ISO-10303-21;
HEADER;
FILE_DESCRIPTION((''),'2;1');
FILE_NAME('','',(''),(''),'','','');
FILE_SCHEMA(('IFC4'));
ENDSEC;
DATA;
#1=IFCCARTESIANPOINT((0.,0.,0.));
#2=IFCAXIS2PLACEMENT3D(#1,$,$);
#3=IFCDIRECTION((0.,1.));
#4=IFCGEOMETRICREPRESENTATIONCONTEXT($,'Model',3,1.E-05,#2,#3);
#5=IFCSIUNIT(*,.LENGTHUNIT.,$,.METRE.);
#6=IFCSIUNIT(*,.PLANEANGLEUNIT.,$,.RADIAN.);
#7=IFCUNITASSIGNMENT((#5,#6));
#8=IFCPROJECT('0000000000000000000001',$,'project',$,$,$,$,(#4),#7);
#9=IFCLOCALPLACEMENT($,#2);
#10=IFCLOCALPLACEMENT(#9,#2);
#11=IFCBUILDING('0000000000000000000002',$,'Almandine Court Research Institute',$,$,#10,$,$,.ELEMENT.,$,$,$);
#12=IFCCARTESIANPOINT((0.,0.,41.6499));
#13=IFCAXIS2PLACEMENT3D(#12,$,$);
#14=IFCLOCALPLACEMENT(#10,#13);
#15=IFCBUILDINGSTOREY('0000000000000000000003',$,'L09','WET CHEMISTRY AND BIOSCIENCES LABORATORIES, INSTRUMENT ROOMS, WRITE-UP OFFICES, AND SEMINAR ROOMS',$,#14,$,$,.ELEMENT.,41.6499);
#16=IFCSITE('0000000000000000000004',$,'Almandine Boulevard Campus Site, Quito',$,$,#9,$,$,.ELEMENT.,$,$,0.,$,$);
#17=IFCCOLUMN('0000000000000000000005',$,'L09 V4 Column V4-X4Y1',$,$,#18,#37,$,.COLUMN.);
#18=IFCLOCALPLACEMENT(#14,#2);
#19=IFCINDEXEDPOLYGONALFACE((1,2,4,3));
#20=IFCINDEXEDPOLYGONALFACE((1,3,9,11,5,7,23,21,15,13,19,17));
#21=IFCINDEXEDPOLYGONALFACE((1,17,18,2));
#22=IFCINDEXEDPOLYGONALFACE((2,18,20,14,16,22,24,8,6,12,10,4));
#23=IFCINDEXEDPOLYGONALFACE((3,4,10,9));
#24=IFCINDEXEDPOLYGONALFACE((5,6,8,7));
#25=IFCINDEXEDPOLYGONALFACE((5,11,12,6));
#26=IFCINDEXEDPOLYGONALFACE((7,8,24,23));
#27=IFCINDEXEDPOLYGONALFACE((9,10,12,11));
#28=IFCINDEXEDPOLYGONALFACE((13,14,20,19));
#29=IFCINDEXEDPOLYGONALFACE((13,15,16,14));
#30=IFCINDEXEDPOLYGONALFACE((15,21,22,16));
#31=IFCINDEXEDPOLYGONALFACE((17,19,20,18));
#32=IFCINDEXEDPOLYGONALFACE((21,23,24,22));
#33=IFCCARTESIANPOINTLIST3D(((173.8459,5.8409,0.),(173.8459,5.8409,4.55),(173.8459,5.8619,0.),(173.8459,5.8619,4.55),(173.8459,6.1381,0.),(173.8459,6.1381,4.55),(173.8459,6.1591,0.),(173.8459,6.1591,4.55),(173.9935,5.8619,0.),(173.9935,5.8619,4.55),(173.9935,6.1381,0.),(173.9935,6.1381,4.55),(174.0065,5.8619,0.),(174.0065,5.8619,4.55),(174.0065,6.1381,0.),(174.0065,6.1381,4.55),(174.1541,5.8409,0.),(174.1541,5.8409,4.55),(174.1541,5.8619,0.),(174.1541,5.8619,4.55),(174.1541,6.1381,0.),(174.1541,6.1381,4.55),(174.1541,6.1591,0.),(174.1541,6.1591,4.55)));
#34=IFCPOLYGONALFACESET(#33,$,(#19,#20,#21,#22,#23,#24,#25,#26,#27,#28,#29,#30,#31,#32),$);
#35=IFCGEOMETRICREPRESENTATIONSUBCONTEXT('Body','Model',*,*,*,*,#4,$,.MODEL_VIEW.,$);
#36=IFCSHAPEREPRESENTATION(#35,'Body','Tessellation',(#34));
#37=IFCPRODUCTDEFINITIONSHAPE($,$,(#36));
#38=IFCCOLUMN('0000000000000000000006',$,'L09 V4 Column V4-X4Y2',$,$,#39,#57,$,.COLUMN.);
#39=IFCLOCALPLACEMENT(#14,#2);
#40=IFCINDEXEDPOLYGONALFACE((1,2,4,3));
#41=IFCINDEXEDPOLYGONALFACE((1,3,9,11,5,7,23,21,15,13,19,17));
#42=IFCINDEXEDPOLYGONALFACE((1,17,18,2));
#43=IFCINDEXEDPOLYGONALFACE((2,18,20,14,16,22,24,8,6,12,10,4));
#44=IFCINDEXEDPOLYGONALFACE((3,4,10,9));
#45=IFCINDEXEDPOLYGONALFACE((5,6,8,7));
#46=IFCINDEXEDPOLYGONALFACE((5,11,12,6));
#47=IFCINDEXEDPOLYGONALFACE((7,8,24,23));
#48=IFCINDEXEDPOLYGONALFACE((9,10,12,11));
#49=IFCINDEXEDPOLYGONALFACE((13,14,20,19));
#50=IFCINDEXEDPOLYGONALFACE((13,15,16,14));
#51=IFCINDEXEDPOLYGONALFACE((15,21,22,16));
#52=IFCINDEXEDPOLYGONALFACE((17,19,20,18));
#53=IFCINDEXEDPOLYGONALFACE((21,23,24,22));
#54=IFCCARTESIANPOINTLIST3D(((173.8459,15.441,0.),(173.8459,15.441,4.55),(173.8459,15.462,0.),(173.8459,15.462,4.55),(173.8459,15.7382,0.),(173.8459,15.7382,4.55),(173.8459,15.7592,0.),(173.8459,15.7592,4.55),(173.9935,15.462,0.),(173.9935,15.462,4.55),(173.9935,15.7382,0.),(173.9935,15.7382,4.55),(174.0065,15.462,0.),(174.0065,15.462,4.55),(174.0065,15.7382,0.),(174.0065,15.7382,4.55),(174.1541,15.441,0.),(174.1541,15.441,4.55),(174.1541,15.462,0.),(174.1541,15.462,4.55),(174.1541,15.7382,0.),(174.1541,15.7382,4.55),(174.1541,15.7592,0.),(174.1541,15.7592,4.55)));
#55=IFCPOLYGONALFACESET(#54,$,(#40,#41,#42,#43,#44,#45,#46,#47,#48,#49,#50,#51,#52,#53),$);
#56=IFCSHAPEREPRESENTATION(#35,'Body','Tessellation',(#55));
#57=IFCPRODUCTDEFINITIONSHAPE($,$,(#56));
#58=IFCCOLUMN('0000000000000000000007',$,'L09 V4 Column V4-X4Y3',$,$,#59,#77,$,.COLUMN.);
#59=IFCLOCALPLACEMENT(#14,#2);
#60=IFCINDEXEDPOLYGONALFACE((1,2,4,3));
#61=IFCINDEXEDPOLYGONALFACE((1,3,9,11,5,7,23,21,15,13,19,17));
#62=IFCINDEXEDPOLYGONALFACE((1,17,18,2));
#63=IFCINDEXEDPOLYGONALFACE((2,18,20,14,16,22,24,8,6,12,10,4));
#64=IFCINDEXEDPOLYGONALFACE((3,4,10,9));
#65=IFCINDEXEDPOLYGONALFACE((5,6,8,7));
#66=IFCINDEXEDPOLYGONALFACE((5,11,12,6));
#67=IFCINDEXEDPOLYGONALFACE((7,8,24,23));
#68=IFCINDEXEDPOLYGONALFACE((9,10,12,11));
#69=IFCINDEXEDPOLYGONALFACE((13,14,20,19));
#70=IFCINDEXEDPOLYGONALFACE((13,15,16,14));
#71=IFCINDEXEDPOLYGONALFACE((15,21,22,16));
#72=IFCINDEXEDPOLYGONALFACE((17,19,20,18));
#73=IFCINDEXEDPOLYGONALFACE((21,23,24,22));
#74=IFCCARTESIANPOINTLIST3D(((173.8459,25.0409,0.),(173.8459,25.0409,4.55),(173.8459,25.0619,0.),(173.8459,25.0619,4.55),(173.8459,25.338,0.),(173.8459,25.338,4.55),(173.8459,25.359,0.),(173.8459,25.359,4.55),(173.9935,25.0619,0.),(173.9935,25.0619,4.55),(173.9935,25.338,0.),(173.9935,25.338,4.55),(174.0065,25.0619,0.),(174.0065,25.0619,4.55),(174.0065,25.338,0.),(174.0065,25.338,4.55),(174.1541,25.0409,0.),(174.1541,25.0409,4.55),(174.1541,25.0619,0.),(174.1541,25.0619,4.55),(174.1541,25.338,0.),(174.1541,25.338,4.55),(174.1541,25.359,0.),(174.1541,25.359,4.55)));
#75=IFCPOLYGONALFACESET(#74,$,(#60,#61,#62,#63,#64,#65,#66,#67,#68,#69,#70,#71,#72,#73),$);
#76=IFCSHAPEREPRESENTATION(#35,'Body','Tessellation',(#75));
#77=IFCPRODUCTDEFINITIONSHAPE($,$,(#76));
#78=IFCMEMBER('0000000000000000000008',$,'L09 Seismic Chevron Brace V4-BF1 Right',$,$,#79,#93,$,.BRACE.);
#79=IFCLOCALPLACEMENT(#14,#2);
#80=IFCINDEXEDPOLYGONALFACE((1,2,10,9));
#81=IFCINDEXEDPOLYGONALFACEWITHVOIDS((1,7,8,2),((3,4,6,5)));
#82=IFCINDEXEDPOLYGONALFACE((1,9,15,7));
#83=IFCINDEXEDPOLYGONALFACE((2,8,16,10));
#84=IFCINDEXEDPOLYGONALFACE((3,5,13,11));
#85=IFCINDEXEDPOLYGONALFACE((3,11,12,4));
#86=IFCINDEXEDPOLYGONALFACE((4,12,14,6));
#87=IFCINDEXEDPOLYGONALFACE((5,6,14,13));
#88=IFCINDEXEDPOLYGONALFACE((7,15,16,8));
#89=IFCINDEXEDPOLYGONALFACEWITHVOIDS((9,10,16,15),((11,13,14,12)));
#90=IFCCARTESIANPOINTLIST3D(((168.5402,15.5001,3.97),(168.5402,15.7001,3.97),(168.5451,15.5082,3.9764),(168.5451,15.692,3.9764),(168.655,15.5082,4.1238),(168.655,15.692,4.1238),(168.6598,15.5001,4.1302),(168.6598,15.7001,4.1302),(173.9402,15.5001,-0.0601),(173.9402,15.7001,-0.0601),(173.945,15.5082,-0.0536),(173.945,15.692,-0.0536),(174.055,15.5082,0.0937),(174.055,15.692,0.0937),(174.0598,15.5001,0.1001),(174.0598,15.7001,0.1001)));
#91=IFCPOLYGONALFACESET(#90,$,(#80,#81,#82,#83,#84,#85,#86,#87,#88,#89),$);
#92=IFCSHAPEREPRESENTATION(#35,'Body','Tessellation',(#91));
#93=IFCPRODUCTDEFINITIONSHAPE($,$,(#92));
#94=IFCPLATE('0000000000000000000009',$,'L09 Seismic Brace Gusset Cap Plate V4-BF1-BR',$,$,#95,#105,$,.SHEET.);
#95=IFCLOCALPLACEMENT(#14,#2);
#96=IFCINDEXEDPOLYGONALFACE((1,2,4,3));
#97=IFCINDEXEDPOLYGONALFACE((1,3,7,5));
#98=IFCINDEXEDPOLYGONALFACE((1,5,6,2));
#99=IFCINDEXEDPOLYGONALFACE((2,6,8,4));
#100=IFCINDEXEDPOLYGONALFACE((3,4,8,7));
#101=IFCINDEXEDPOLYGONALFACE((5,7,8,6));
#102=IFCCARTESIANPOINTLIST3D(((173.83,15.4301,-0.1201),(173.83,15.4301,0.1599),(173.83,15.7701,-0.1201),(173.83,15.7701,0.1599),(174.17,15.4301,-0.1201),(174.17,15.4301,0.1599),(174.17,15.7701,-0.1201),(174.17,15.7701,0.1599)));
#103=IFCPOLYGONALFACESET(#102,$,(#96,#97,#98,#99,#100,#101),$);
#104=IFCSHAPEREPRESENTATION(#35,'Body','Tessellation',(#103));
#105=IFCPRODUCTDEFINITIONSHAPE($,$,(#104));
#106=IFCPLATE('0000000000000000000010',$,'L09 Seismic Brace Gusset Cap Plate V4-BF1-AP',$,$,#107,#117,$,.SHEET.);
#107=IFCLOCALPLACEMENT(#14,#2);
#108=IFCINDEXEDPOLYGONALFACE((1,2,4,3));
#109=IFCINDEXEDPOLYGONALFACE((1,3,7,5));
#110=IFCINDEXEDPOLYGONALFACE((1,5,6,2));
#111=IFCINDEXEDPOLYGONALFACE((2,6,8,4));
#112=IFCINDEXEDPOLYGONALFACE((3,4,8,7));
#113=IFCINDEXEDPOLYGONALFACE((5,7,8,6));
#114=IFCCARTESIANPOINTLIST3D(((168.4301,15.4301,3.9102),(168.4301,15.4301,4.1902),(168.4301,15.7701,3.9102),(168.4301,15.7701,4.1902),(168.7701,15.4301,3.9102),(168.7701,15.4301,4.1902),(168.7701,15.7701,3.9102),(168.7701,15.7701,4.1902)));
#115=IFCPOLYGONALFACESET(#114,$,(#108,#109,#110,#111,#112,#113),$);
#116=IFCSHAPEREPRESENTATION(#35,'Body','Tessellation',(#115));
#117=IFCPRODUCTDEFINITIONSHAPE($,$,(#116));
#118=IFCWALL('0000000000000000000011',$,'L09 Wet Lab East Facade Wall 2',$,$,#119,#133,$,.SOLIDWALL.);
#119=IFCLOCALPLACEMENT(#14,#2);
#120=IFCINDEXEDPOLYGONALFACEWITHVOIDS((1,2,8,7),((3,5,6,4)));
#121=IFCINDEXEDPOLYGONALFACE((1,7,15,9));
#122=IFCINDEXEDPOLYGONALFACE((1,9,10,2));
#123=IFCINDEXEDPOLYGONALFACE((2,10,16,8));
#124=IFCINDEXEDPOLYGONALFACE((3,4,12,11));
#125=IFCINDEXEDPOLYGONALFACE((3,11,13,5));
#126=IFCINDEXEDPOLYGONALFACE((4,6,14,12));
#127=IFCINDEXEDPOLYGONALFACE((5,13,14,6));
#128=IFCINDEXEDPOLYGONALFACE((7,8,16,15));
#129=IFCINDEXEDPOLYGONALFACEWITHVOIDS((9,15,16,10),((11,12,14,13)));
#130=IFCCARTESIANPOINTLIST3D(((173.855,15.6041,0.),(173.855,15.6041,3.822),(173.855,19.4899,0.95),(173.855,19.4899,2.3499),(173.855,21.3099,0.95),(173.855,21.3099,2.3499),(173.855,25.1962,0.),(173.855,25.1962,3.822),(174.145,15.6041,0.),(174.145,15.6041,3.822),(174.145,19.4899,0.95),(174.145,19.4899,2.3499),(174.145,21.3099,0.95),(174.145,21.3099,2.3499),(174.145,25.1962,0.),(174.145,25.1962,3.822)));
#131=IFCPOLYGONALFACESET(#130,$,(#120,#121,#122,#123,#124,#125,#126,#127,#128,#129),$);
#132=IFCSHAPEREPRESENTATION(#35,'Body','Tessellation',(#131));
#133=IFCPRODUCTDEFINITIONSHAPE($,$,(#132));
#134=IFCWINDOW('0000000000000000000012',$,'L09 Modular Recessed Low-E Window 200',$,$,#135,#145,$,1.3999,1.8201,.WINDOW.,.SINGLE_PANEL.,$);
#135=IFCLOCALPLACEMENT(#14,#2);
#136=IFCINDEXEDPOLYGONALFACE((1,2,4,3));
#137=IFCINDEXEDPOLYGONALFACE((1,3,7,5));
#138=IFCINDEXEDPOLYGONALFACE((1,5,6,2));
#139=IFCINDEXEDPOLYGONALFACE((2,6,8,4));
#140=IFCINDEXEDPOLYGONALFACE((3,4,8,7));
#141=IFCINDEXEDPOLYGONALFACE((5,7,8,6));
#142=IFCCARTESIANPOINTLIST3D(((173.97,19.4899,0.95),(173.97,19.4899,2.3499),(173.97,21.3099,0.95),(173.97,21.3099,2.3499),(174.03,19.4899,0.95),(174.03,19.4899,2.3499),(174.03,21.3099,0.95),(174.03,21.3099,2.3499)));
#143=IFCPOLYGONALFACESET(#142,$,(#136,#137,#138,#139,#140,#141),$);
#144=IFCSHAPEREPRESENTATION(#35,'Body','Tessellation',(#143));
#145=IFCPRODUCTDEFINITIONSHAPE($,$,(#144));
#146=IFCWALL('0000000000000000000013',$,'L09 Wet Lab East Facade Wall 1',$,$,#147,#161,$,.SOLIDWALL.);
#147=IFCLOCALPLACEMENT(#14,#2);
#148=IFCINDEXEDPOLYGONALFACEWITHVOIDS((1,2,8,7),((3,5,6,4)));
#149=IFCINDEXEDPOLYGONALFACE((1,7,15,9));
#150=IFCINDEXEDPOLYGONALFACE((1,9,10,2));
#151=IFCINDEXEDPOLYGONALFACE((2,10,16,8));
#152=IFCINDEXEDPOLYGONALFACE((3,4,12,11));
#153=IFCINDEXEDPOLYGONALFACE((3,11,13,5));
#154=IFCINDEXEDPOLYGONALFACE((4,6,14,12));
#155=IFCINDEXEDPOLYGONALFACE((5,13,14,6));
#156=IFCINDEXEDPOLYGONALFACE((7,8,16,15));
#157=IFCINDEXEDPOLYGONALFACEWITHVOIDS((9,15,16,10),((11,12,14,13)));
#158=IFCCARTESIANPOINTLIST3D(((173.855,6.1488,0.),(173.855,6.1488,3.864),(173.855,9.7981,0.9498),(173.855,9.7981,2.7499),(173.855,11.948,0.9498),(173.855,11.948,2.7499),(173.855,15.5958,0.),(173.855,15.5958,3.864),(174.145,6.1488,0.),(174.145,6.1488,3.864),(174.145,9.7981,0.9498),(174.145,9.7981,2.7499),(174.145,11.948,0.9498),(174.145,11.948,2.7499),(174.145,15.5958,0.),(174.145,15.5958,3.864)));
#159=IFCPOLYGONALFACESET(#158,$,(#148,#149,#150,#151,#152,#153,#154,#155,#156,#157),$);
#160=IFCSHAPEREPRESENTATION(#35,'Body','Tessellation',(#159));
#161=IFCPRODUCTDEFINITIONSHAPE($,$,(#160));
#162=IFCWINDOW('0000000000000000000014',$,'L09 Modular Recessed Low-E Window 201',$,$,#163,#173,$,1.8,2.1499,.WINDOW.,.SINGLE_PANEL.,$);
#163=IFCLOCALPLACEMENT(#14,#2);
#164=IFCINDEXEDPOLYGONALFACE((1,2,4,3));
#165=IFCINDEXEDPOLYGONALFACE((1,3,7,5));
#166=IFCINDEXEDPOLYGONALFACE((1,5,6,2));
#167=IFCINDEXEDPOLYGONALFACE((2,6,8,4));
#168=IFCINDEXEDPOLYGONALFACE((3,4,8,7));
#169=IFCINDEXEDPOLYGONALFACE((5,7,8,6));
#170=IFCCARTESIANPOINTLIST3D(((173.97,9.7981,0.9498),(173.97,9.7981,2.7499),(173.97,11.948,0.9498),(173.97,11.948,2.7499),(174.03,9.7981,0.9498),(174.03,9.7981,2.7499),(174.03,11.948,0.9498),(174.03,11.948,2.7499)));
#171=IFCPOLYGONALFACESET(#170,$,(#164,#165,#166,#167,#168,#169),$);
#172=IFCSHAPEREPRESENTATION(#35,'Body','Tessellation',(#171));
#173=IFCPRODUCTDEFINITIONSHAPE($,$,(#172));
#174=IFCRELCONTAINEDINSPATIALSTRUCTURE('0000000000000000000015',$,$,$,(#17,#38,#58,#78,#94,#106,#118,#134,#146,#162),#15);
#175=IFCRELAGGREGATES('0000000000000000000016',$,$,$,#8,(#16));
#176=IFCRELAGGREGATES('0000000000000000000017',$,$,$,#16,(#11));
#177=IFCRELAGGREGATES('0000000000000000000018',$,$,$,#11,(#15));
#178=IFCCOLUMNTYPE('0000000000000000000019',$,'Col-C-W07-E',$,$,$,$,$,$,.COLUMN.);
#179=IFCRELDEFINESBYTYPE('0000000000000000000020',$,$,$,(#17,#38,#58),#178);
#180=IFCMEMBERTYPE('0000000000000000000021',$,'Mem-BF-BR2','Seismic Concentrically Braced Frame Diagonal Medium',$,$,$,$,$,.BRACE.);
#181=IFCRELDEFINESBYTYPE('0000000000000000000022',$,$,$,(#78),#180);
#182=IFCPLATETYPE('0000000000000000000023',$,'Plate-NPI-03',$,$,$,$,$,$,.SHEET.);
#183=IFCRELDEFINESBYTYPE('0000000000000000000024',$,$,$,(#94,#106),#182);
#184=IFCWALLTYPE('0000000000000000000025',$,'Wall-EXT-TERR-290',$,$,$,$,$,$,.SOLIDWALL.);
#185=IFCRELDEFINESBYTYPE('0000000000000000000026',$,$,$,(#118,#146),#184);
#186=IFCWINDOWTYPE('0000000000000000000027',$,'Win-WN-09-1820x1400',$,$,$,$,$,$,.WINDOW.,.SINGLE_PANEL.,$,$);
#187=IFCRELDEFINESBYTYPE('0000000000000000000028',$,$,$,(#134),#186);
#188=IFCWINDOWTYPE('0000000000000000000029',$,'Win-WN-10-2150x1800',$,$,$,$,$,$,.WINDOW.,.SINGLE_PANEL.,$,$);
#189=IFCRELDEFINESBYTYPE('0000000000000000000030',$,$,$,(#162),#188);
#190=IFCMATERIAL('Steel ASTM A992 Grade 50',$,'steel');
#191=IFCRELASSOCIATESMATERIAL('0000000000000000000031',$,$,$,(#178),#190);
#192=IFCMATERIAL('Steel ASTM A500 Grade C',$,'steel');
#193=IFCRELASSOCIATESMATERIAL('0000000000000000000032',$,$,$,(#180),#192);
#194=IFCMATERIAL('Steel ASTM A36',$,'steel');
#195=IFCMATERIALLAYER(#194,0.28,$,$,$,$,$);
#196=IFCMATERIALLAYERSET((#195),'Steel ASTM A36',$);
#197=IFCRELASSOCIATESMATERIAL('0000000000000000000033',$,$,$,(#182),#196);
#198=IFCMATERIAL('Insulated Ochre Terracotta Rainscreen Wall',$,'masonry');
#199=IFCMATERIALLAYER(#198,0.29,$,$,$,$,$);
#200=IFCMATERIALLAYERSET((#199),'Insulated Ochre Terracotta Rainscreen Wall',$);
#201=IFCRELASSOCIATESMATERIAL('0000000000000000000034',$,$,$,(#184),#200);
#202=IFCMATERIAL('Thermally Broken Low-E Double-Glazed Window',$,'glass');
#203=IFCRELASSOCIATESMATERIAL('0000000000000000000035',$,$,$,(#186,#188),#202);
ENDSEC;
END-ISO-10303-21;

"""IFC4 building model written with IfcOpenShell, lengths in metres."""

from ifc_helpers import new_model, si_unit, direction, frame, frame_2d, origin, origin_2d, place, context, subcontext, project, spatial, rectangle, hollow_rectangle, i_section, extrude, material, layer, layer_set, material_profile, profile_set, type_object, element, fill, save


model = new_model("IFC4")

# Units and contexts
model_context = context("Model", 3, precision=1e-05, world=origin(), true_north=direction((0.0, 1.0)))
body_context = subcontext(model_context, "Body", "Model", "MODEL_VIEW")
ifc_project = project(units=[si_unit("LENGTHUNIT", "METRE"), si_unit("PLANEANGLEUNIT", "RADIAN")], contexts=[model_context])

# Site, building, storey
site_placement = place(None, origin())
site = spatial("IfcSite", under=ifc_project, at=site_placement, Name="Almandine Boulevard Campus Site, Quito", CompositionType="ELEMENT", RefElevation=0.0)
building_placement = place(site_placement, origin())
building = spatial("IfcBuilding", under=site, at=building_placement, Name="Almandine Court Research Institute", CompositionType="ELEMENT")
storey_placement = place(building_placement, frame((0.0, 0.0, 41.6499)))
storey = spatial("IfcBuildingStorey", under=building, at=storey_placement, Name="L09", Description="WET CHEMISTRY AND BIOSCIENCES LABORATORIES, INSTRUMENT ROOMS, WRITE-UP OFFICES, AND SEMINAR ROOMS", CompositionType="ELEMENT", Elevation=41.6499)

# Columns
ifc_material_1 = material(Name="Steel ASTM A992 Grade 50", Category="steel")
ifc_material_profile_1 = material_profile(ifc_material_1, i_section(OverallWidth=0.3081, OverallDepth=0.3181, WebThickness=0.0129, FlangeThickness=0.021, at=origin_2d()), Name="W310x129")
ifc_profile_set_1 = profile_set([ifc_material_profile_1], Name="Steel ASTM A992 Grade 50")
column_type = type_object("IfcColumnType", Name="Col-C-W07-E", PredefinedType="COLUMN", material=ifc_profile_set_1)
for number, where, z_axis, x_axis, name in (
    (1, (174.0, 6.0, 0.0), (0.0, 0.0, 1.0), (1.0, 0.0, 0.0), "L09 V4 Column V4-X4Y1"),
    (2, (174.0, 15.6001, 0.0), (0.0, 0.0, 1.0), (1.0, 0.0, 0.0), "L09 V4 Column V4-X4Y2"),
    (3, (174.0, 25.2, 0.0), (0.0, 0.0, 1.0), (1.0, 0.0, 0.0), "L09 V4 Column V4-X4Y3"),
):
    element("IfcColumn", number, at=place(storey_placement, frame(where, z_axis=z_axis, x_axis=x_axis)), inside=storey, type_object=column_type, Name=name, PredefinedType="COLUMN", context=body_context, shape_type="SweptSolid", body=[
        extrude(i_section(OverallWidth=0.3081, OverallDepth=0.3181, WebThickness=0.0129, FlangeThickness=0.021, at=origin_2d()), origin(), (0.0, 0.0, 1.0), 4.55),
    ])

# Member
ifc_material_2 = material(Name="Steel ASTM A500 Grade C", Category="steel")
ifc_material_profile_2 = material_profile(ifc_material_2, hollow_rectangle(XDim=0.2, YDim=0.2, WallThickness=0.0081, at=origin_2d()), Name="HSS 200x200x8")
ifc_profile_set_2 = profile_set([ifc_material_profile_2], Name="Steel ASTM A500 Grade C")
member_type = type_object("IfcMemberType", Name="Mem-BF-BR2", Description="Seismic Concentrically Braced Frame Diagonal Medium", PredefinedType="BRACE", material=ifc_profile_set_2)
member_placement = place(storey_placement, frame((174.0, 15.6001, 0.02), z_axis=(-0.801415, 0.0, 0.598108), x_axis=(0.0, -1.0, 0.0)))
element("IfcMember", 4, at=member_placement, inside=storey, type_object=member_type, Name="L09 Seismic Chevron Brace V4-BF1 Right", PredefinedType="BRACE", context=body_context, shape_type="SweptSolid", body=[
    extrude(hollow_rectangle(XDim=0.2, YDim=0.2, WallThickness=0.0081, at=origin_2d()), origin(), (0.0, 0.0, 1.0), 6.738),
])

# Plates
ifc_material_3 = material(Name="Steel ASTM A36", Category="steel")
ifc_layer_1 = layer(ifc_material_3, 0.28)
ifc_layer_set_1 = layer_set([ifc_layer_1], Name="Steel ASTM A36")
plate_type = type_object("IfcPlateType", Name="Plate-NPI-03", PredefinedType="SHEET", material=ifc_layer_set_1)
for number, where, z_axis, x_axis, name in (
    (5, (174.0, 15.6001, -0.1201), (0.0, 0.0, 1.0), (1.0, 0.0, 0.0), "L09 Seismic Brace Gusset Cap Plate V4-BF1-BR"),
    (6, (168.6001, 15.6001, 3.9102), (0.0, 0.0, 1.0), (1.0, 0.0, 0.0), "L09 Seismic Brace Gusset Cap Plate V4-BF1-AP"),
):
    element("IfcPlate", number, at=place(storey_placement, frame(where, z_axis=z_axis, x_axis=x_axis)), inside=storey, type_object=plate_type, Name=name, PredefinedType="SHEET", context=body_context, shape_type="SweptSolid", body=[
        extrude(rectangle(XDim=0.3401, YDim=0.3401, at=origin_2d()), origin(), (0.0, 0.0, 1.0), 0.28),
    ])

# Walls, openings, windows
ifc_material_4 = material(Name="Insulated Ochre Terracotta Rainscreen Wall", Category="masonry")
ifc_layer_2 = layer(ifc_material_4, 0.29)
ifc_layer_set_2 = layer_set([ifc_layer_2], Name="Insulated Ochre Terracotta Rainscreen Wall")
wall_type_1 = type_object("IfcWallType", Name="Wall-EXT-TERR-290", PredefinedType="SOLIDWALL", material=ifc_layer_set_2)
wall_1_placement = place(storey_placement, frame((174.0, 25.196, 0.0), z_axis=(0.0, 0.0, 1.0), x_axis=(0.0, -1.0, 0.0)))
wall_1 = element("IfcWall", 7, at=wall_1_placement, inside=storey, type_object=wall_type_1, Name="L09 Wet Lab East Facade Wall 2", PredefinedType="SOLIDWALL", context=body_context, shape_type="SweptSolid", body=[
    extrude(rectangle(XDim=9.592, YDim=0.29, at=frame_2d((4.7959, 0.0))), origin(), (0.0, 0.0, 1.0), 3.822),
])
opening_1_placement = place(wall_1_placement, frame((3.886, 0.0, 0.95)))
opening_1 = element("IfcOpeningElement", 8, at=opening_1_placement, cuts=wall_1, PredefinedType="OPENING", context=body_context, shape_type="SweptSolid", body=[
    extrude(rectangle(XDim=1.8201, YDim=1.3999, at=frame_2d((0.9102, 0.7))), frame((0.0, 0.155, 0.0), z_axis=(0.0, -1.0, 0.0), x_axis=(1.0, 0.0, 0.0)), (0.0, 0.0, 1.0), 0.3101),
])
ifc_material_5 = material(Name="Thermally Broken Low-E Double-Glazed Window", Category="glass")
window_type_1 = type_object("IfcWindowType", Name="Win-WN-09-1820x1400", PartitioningType="SINGLE_PANEL", PredefinedType="WINDOW", material=ifc_material_5)
window_1_placement = place(opening_1_placement, origin())
window_1 = element("IfcWindow", 9, at=window_1_placement, inside=storey, type_object=window_type_1, Name="L09 Modular Recessed Low-E Window 200", OverallHeight=1.3999, OverallWidth=1.8201, PartitioningType="SINGLE_PANEL", PredefinedType="WINDOW", context=body_context, shape_type="SweptSolid", body=[
    extrude(rectangle(XDim=1.8201, YDim=1.3999, at=frame_2d((0.9102, 0.7))), frame((0.0, 0.03, 0.0), z_axis=(0.0, -1.0, 0.0), x_axis=(1.0, 0.0, 0.0)), (0.0, 0.0, 1.0), 0.0601),
])
fill(opening_1, window_1)
wall_2_placement = place(storey_placement, frame((174.0, 15.5959, 0.0), z_axis=(0.0, 0.0, 1.0), x_axis=(0.0, -1.0, 0.0)))
wall_2 = element("IfcWall", 10, at=wall_2_placement, inside=storey, type_object=wall_type_1, Name="L09 Wet Lab East Facade Wall 1", PredefinedType="SOLIDWALL", context=body_context, shape_type="SweptSolid", body=[
    extrude(rectangle(XDim=9.447, YDim=0.29, at=frame_2d((4.7236, 0.0))), origin(), (0.0, 0.0, 1.0), 3.864),
])
opening_2_placement = place(wall_2_placement, frame((3.6479, 0.0, 0.95)))
opening_2 = element("IfcOpeningElement", 11, at=opening_2_placement, cuts=wall_2, PredefinedType="OPENING", context=body_context, shape_type="SweptSolid", body=[
    extrude(rectangle(XDim=2.1499, YDim=1.8, at=frame_2d((1.075, 0.8999))), frame((0.0, 0.155, 0.0), z_axis=(0.0, -1.0, 0.0), x_axis=(1.0, 0.0, 0.0)), (0.0, 0.0, 1.0), 0.3101),
])
window_type_2 = type_object("IfcWindowType", Name="Win-WN-10-2150x1800", PartitioningType="SINGLE_PANEL", PredefinedType="WINDOW", material=ifc_material_5)
window_2_placement = place(opening_2_placement, origin())
window_2 = element("IfcWindow", 12, at=window_2_placement, inside=storey, type_object=window_type_2, Name="L09 Modular Recessed Low-E Window 201", OverallHeight=1.8, OverallWidth=2.1499, PartitioningType="SINGLE_PANEL", PredefinedType="WINDOW", context=body_context, shape_type="SweptSolid", body=[
    extrude(rectangle(XDim=2.1499, YDim=1.8, at=frame_2d((1.075, 0.8999))), frame((0.0, 0.03, 0.0), z_axis=(0.0, -1.0, 0.0), x_axis=(1.0, 0.0, 0.0)), (0.0, 0.0, 1.0), 0.0601),
])
fill(opening_2, window_2)

save(model, "model.ifc")
